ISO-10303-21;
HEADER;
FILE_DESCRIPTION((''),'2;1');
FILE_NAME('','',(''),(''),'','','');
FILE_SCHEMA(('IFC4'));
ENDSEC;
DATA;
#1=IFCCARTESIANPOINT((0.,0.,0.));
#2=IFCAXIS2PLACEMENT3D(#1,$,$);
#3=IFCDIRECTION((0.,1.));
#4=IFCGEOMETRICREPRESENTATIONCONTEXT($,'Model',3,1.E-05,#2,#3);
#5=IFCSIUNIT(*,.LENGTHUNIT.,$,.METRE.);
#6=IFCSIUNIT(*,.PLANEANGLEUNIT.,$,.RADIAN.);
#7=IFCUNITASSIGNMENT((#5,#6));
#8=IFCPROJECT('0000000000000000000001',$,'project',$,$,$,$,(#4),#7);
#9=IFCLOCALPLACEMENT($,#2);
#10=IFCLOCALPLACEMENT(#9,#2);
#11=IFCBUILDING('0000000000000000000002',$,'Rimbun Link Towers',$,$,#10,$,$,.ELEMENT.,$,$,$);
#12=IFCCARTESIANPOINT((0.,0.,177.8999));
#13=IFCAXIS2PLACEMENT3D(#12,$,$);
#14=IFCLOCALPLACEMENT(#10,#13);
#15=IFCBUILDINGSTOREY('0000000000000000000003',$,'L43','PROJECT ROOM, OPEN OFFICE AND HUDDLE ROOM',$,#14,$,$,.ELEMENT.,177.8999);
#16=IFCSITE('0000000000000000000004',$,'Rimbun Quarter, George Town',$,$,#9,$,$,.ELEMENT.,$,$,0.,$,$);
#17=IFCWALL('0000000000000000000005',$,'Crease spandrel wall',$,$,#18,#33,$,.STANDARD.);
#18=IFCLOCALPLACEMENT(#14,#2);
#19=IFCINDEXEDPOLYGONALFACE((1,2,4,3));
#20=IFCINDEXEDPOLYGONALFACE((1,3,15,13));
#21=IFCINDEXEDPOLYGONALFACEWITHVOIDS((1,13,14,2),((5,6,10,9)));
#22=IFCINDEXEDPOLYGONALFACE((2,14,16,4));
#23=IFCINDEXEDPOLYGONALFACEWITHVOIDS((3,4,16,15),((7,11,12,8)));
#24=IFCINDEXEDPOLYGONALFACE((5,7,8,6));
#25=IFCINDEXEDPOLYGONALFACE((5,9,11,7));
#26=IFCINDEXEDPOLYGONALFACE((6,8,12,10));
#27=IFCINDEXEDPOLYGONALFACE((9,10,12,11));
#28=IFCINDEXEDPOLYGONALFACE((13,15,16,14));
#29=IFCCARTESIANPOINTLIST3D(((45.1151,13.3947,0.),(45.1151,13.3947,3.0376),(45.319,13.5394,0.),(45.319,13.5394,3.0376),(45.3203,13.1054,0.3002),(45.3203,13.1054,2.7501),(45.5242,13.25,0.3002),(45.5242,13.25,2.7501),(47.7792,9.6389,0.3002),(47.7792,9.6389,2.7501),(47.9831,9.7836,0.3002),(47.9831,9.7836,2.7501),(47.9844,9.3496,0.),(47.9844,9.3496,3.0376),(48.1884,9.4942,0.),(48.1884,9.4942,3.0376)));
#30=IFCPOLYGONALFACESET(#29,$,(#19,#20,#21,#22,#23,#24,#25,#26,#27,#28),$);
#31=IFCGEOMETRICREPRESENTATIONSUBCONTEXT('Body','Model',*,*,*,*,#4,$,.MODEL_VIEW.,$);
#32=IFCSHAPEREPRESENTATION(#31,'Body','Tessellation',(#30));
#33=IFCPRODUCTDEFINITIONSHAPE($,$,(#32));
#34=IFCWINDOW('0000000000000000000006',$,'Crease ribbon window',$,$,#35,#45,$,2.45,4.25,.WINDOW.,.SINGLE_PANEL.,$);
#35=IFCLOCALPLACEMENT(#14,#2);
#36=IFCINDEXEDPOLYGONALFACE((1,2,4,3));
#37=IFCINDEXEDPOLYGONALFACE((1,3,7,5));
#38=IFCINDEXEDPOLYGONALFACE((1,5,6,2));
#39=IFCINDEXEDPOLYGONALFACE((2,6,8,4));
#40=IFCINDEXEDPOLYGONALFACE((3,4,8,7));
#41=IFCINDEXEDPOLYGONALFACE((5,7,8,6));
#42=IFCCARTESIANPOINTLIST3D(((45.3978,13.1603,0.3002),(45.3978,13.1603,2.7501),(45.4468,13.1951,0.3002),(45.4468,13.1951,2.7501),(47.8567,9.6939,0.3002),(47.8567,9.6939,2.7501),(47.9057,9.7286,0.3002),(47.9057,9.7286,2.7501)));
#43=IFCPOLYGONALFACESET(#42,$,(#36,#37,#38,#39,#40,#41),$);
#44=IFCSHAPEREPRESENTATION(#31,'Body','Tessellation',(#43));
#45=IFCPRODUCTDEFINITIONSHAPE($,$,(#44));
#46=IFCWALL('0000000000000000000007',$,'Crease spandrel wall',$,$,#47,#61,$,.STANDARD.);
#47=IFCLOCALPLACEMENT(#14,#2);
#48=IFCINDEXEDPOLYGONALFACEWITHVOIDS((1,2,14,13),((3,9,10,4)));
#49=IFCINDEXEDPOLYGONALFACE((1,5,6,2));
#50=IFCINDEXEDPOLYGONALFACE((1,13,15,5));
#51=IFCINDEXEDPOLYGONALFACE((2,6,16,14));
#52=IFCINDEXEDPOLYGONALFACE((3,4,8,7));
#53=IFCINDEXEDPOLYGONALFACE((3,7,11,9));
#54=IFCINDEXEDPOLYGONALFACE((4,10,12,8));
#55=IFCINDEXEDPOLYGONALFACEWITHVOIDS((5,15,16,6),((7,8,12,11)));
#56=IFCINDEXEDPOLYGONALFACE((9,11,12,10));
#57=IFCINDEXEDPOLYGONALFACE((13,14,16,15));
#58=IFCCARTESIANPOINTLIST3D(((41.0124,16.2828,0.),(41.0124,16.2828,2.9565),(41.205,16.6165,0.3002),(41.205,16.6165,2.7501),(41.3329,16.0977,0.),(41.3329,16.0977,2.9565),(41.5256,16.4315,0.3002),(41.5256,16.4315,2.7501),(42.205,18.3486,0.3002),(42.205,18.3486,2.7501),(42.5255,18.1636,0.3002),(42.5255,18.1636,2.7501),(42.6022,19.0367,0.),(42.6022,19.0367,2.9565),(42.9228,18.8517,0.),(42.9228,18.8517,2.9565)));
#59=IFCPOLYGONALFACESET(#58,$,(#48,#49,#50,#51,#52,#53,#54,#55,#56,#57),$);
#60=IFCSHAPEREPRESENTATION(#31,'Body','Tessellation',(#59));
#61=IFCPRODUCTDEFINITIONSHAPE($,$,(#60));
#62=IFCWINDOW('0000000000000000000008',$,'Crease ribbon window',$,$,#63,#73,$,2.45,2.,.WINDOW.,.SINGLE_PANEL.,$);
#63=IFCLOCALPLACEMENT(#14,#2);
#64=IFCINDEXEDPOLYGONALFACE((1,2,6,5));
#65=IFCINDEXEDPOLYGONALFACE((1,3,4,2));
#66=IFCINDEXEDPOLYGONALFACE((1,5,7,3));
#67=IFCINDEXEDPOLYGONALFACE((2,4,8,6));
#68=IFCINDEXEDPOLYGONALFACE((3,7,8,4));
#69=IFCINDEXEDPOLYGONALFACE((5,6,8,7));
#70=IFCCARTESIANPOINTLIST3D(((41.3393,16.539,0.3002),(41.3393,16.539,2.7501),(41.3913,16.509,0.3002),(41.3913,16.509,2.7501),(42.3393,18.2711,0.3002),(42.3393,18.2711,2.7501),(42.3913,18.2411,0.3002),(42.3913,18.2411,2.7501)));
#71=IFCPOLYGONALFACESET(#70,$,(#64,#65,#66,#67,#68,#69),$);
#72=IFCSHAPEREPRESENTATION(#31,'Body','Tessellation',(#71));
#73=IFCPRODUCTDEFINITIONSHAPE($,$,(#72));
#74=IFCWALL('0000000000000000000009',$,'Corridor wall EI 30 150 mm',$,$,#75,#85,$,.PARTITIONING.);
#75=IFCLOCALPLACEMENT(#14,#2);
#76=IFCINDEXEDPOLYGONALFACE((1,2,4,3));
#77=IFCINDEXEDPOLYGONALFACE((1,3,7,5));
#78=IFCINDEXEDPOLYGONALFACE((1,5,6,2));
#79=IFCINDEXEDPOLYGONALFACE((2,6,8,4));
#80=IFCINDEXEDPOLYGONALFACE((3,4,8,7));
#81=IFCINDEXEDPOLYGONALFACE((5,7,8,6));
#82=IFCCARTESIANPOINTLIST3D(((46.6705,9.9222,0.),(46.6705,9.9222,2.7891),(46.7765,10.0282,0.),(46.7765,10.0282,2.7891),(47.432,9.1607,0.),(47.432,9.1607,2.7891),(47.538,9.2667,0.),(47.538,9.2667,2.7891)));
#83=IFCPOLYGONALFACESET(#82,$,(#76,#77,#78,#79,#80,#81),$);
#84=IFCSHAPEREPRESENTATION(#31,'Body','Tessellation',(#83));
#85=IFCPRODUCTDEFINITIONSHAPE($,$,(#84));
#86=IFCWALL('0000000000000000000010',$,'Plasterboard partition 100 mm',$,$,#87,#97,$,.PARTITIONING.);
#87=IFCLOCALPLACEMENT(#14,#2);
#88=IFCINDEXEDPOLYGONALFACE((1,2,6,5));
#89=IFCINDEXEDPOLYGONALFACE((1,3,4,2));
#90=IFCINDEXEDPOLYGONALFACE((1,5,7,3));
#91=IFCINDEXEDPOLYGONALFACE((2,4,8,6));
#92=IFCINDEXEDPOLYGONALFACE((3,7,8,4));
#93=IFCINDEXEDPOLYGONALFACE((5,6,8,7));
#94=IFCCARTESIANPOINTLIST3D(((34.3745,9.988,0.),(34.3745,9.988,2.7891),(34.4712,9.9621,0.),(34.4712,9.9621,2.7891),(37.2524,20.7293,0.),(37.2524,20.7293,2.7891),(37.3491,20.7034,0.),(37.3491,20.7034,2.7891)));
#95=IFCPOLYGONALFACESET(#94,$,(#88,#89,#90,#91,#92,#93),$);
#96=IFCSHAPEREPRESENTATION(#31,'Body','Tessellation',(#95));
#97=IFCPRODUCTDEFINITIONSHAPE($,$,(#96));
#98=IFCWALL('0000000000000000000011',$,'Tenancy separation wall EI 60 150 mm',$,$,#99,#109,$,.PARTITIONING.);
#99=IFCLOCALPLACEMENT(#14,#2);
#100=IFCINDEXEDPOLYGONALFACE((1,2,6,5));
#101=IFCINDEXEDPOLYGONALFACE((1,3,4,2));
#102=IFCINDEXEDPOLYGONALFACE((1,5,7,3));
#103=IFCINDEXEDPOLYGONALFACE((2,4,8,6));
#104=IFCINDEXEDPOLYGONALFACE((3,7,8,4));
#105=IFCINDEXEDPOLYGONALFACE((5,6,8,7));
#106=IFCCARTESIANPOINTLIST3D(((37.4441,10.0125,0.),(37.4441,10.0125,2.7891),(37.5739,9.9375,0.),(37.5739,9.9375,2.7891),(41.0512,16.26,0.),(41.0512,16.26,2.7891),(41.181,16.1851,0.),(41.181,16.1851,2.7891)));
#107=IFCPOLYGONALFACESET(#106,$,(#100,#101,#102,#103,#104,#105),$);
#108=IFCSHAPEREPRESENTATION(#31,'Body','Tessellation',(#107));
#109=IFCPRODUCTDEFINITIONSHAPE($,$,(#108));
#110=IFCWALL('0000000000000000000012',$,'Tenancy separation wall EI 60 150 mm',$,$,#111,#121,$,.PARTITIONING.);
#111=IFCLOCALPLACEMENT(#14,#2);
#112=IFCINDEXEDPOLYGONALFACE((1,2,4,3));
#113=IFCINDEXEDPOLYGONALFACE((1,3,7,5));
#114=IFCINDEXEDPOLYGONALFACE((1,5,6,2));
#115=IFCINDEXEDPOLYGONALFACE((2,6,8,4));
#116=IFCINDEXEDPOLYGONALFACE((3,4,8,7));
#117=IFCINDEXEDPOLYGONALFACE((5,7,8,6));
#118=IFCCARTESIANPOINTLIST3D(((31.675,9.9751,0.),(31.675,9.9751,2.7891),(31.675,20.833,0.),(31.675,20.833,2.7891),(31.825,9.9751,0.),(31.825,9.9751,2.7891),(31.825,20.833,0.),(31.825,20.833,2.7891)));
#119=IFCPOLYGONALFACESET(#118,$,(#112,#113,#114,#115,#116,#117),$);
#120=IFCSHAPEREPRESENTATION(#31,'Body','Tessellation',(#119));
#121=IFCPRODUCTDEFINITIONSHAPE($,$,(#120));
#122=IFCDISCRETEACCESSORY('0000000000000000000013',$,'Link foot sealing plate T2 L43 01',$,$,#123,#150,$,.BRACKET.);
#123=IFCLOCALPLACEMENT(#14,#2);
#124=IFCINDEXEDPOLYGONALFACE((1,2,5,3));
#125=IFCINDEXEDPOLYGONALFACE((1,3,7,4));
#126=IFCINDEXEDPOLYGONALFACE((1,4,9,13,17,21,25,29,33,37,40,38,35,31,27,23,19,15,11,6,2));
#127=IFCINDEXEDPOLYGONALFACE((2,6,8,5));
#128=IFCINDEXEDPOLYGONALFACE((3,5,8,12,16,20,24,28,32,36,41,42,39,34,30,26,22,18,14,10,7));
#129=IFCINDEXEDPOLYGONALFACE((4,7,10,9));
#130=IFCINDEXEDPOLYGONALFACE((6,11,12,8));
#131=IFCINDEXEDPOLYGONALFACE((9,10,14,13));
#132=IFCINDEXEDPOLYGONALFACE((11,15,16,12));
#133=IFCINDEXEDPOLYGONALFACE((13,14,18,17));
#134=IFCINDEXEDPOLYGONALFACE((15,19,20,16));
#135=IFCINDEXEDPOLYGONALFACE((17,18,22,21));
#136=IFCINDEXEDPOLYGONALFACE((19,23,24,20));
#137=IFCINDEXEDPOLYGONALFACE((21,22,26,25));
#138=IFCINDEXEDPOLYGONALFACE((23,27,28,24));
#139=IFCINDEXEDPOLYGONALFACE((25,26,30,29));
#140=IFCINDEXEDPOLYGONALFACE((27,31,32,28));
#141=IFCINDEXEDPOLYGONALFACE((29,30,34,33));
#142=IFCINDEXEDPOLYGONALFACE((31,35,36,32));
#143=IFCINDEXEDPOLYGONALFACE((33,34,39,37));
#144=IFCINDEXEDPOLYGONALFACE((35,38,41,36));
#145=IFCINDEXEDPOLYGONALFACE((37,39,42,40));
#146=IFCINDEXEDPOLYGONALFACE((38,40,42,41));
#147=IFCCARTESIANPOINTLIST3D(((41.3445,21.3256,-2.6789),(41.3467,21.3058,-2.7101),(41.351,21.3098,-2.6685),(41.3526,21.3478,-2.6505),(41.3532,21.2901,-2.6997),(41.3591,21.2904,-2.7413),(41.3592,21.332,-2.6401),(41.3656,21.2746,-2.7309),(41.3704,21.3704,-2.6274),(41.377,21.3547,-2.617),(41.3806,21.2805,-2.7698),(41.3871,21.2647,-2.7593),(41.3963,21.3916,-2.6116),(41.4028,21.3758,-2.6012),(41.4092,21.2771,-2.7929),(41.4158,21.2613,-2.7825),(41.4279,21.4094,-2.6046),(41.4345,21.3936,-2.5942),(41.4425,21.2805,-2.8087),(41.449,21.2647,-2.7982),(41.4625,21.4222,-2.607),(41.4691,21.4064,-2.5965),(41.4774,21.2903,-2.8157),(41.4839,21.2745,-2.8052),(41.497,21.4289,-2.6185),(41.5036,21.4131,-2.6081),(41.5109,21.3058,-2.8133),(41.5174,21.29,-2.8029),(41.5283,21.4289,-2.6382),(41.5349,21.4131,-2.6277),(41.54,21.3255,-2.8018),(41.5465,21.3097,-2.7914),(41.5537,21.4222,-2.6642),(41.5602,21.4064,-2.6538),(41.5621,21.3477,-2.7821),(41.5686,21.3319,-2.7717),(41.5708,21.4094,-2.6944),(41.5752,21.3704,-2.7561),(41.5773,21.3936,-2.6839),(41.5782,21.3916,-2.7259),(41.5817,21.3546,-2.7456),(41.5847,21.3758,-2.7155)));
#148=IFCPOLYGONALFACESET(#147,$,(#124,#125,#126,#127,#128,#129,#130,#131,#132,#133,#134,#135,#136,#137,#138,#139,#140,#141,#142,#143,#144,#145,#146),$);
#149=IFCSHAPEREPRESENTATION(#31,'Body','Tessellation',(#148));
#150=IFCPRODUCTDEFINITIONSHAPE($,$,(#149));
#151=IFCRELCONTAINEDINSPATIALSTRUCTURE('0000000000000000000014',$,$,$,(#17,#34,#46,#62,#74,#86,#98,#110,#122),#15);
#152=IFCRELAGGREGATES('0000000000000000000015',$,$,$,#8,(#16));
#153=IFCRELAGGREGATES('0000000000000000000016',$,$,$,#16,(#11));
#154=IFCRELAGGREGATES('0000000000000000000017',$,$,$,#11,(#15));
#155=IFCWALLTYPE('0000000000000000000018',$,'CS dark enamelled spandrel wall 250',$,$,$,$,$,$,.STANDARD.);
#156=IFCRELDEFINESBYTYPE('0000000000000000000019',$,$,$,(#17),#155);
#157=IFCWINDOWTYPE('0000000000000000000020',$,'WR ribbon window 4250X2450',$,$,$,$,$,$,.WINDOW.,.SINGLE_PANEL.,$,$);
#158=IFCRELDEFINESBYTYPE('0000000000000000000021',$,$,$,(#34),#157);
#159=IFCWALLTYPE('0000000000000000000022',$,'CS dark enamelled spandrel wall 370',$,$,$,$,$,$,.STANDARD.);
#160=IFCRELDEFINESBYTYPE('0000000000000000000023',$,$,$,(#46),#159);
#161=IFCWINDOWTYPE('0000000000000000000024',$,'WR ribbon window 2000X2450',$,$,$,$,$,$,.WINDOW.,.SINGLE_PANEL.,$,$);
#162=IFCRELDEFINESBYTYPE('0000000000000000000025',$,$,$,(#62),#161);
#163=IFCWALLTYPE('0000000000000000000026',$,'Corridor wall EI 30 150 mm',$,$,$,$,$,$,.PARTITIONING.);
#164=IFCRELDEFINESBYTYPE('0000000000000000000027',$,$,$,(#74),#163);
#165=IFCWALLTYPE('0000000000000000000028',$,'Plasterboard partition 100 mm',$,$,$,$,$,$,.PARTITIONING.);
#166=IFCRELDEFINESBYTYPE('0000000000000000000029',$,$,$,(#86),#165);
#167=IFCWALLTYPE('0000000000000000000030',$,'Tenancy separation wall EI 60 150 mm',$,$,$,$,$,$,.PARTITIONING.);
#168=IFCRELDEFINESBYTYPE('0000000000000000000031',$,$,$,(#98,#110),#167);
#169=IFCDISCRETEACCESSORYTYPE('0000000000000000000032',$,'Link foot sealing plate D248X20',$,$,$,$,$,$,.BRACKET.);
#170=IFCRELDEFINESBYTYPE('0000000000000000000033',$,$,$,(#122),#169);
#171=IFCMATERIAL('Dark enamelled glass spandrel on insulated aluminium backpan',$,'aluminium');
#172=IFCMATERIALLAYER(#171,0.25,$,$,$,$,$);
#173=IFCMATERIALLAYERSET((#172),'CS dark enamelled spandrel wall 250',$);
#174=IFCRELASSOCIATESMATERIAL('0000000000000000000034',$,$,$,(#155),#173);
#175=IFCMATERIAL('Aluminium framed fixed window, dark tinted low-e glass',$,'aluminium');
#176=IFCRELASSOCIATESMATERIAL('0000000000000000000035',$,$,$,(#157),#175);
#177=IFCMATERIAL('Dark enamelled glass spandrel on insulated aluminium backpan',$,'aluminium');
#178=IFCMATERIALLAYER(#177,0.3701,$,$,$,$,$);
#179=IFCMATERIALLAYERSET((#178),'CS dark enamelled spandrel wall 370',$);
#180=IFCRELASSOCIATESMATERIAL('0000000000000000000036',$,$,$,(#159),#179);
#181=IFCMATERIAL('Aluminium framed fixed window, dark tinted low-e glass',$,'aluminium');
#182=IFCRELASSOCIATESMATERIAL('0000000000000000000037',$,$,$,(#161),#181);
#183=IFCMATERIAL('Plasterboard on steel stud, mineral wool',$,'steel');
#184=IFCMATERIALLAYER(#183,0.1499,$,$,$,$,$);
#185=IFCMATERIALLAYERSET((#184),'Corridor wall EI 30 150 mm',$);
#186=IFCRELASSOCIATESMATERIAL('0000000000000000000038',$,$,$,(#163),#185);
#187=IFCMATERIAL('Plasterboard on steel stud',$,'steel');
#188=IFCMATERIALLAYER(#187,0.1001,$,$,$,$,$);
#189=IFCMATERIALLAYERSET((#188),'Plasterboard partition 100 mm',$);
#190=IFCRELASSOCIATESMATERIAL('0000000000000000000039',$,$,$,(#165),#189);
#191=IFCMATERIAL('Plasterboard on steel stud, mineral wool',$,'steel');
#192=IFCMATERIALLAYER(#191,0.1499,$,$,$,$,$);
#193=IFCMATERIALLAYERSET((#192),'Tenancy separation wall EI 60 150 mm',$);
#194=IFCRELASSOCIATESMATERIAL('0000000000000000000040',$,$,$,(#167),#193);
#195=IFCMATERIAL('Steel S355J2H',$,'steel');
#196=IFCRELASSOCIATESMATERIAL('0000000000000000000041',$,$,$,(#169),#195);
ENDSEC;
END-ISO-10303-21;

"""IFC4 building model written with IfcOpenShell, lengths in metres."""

from ifc_helpers import new_model, si_unit, direction, frame, frame_2d, origin, origin_2d, place, context, subcontext, project, spatial, rectangle, circle, extrude, material, layer, layer_set, material_profile, profile_set, type_object, element, fill, save


model = new_model("IFC4")

# Units and contexts
model_context = context("Model", 3, precision=1e-05, world=origin(), true_north=direction((0.0, 1.0)))
body_context = subcontext(model_context, "Body", "Model", "MODEL_VIEW")
ifc_project = project(units=[si_unit("LENGTHUNIT", "METRE"), si_unit("PLANEANGLEUNIT", "RADIAN")], contexts=[model_context])

# Site, building, storey
site_placement = place(None, origin())
site = spatial("IfcSite", under=ifc_project, at=site_placement, Name="Rimbun Quarter, George Town", CompositionType="ELEMENT", RefElevation=0.0)
building_placement = place(site_placement, origin())
building = spatial("IfcBuilding", under=site, at=building_placement, Name="Rimbun Link Towers", CompositionType="ELEMENT")
storey_placement = place(building_placement, frame((0.0, 0.0, 177.8999)))
storey = spatial("IfcBuildingStorey", under=building, at=storey_placement, Name="L43", Description="PROJECT ROOM, OPEN OFFICE AND HUDDLE ROOM", CompositionType="ELEMENT", Elevation=177.8999)

# Walls, openings, windows
ifc_material_1 = material(Name="Dark enamelled glass spandrel on insulated aluminium backpan", Category="aluminium")
ifc_layer_1 = layer(ifc_material_1, 0.25)
ifc_layer_set_1 = layer_set([ifc_layer_1], Name="CS dark enamelled spandrel wall 250")
wall_type_1 = type_object("IfcWallType", Name="CS dark enamelled spandrel wall 250", PredefinedType="STANDARD", material=ifc_layer_set_1)
wall_1_placement = place(storey_placement, frame((45.217, 13.467, 0.0), z_axis=(0.0, 0.0, 1.0), x_axis=(0.578562, -0.815638, 0.0)))
wall_1 = element("IfcWall", 1, at=wall_1_placement, inside=storey, type_object=wall_type_1, Name="Crease spandrel wall", PredefinedType="STANDARD", context=body_context, shape_type="SweptSolid", body=[
    extrude(rectangle(XDim=4.9595, YDim=0.25, at=frame_2d((2.4797, 0.0))), origin(), (0.0, 0.0, 1.0), 3.0376),
])
opening_1_placement = place(wall_1_placement, frame((0.3547, 0.0, 0.3)))
opening_1 = element("IfcOpeningElement", 2, at=opening_1_placement, cuts=wall_1, PredefinedType="OPENING", context=body_context, shape_type="SweptSolid", body=[
    extrude(rectangle(XDim=4.25, YDim=2.45, at=frame_2d((2.125, 1.2251))), frame((0.0, 0.135, 0.0), z_axis=(0.0, -1.0, 0.0), x_axis=(1.0, 0.0, 0.0)), (0.0, 0.0, 1.0), 0.27),
])
ifc_material_2 = material(Name="Aluminium framed fixed window, dark tinted low-e glass", Category="aluminium")
window_type_1 = type_object("IfcWindowType", Name="WR ribbon window 4250X2450", PartitioningType="SINGLE_PANEL", PredefinedType="WINDOW", material=ifc_material_2)
window_1_placement = place(opening_1_placement, origin())
window_1 = element("IfcWindow", 3, at=window_1_placement, inside=storey, type_object=window_type_1, Name="Crease ribbon window", OverallHeight=2.45, OverallWidth=4.25, PartitioningType="SINGLE_PANEL", PredefinedType="WINDOW", context=body_context, shape_type="SweptSolid", body=[
    extrude(rectangle(XDim=4.25, YDim=2.45, at=frame_2d((2.125, 1.2251))), frame((0.0, 0.03, 0.0), z_axis=(0.0, -1.0, 0.0), x_axis=(1.0, 0.0, 0.0)), (0.0, 0.0, 1.0), 0.0601),
])
fill(opening_1, window_1)
ifc_material_3 = material(Name="Dark enamelled glass spandrel on insulated aluminium backpan", Category="aluminium")
ifc_layer_2 = layer(ifc_material_3, 0.3701)
ifc_layer_set_2 = layer_set([ifc_layer_2], Name="CS dark enamelled spandrel wall 370")
wall_type_2 = type_object("IfcWallType", Name="CS dark enamelled spandrel wall 370", PredefinedType="STANDARD", material=ifc_layer_set_2)
wall_2_placement = place(storey_placement, frame((42.7625, 18.9441, 0.0), z_axis=(0.0, 0.0, 1.0), x_axis=(-0.499971, -0.866042, 0.0)))
wall_2 = element("IfcWall", 4, at=wall_2_placement, inside=storey, type_object=wall_type_2, Name="Crease spandrel wall", PredefinedType="STANDARD", context=body_context, shape_type="SweptSolid", body=[
    extrude(rectangle(XDim=3.1799, YDim=0.3701, at=frame_2d((1.5898, 0.0))), origin(), (0.0, 0.0, 1.0), 2.9565),
])
opening_2_placement = place(wall_2_placement, frame((0.7944, 0.0, 0.3)))
opening_2 = element("IfcOpeningElement", 5, at=opening_2_placement, cuts=wall_2, PredefinedType="OPENING", context=body_context, shape_type="SweptSolid", body=[
    extrude(rectangle(XDim=2.0, YDim=2.45, at=frame_2d((1.0, 1.2251))), frame((0.0, 0.1951, 0.0), z_axis=(0.0, -1.0, 0.0), x_axis=(1.0, 0.0, 0.0)), (0.0, 0.0, 1.0), 0.3901),
])
ifc_material_4 = material(Name="Aluminium framed fixed window, dark tinted low-e glass", Category="aluminium")
window_type_2 = type_object("IfcWindowType", Name="WR ribbon window 2000X2450", PartitioningType="SINGLE_PANEL", PredefinedType="WINDOW", material=ifc_material_4)
window_2_placement = place(opening_2_placement, origin())
window_2 = element("IfcWindow", 6, at=window_2_placement, inside=storey, type_object=window_type_2, Name="Crease ribbon window", OverallHeight=2.45, OverallWidth=2.0, PartitioningType="SINGLE_PANEL", PredefinedType="WINDOW", context=body_context, shape_type="SweptSolid", body=[
    extrude(rectangle(XDim=2.0, YDim=2.45, at=frame_2d((1.0, 1.2251))), frame((0.0, 0.03, 0.0), z_axis=(0.0, -1.0, 0.0), x_axis=(1.0, 0.0, 0.0)), (0.0, 0.0, 1.0), 0.0601),
])
fill(opening_2, window_2)

# Walls
ifc_material_5 = material(Name="Plasterboard on steel stud, mineral wool", Category="steel")
ifc_layer_3 = layer(ifc_material_5, 0.1499)
ifc_layer_set_3 = layer_set([ifc_layer_3], Name="Corridor wall EI 30 150 mm")
wall_type_3 = type_object("IfcWallType", Name="Corridor wall EI 30 150 mm", PredefinedType="PARTITIONING", material=ifc_layer_set_3)
wall_3_placement = place(storey_placement, frame((47.4851, 9.2136, 0.0), z_axis=(0.0, 0.0, 1.0), x_axis=(-0.707107, 0.707107, 0.0)))
element("IfcWall", 7, at=wall_3_placement, inside=storey, type_object=wall_type_3, Name="Corridor wall EI 30 150 mm", PredefinedType="PARTITIONING", context=body_context, shape_type="SweptSolid", body=[
    extrude(rectangle(XDim=1.0769, YDim=0.1499, at=frame_2d((0.5386, 0.0))), origin(), (0.0, 0.0, 1.0), 2.7891),
])
ifc_material_6 = material(Name="Plasterboard on steel stud", Category="steel")
ifc_layer_4 = layer(ifc_material_6, 0.1001)
ifc_layer_set_4 = layer_set([ifc_layer_4], Name="Plasterboard partition 100 mm")
wall_type_4 = type_object("IfcWallType", Name="Plasterboard partition 100 mm", PredefinedType="PARTITIONING", material=ifc_layer_set_4)
wall_4_placement = place(storey_placement, frame((37.3008, 20.7163, 0.0), z_axis=(0.0, 0.0, 1.0), x_axis=(-0.258805, -0.96593, 0.0)))
element("IfcWall", 8, at=wall_4_placement, inside=storey, type_object=wall_type_4, Name="Plasterboard partition 100 mm", PredefinedType="PARTITIONING", context=body_context, shape_type="SweptSolid", body=[
    extrude(rectangle(XDim=11.1201, YDim=0.1001, at=frame_2d((5.5601, 0.0))), origin(), (0.0, 0.0, 1.0), 2.7891),
])
ifc_material_7 = material(Name="Plasterboard on steel stud, mineral wool", Category="steel")
ifc_layer_5 = layer(ifc_material_7, 0.1499)
ifc_layer_set_5 = layer_set([ifc_layer_5], Name="Tenancy separation wall EI 60 150 mm")
wall_type_5 = type_object("IfcWallType", Name="Tenancy separation wall EI 60 150 mm", PredefinedType="PARTITIONING", material=ifc_layer_set_5)
wall_5_placement = place(storey_placement, frame((37.509, 9.9751, 0.0), z_axis=(0.0, 0.0, 1.0), x_axis=(0.500015, 0.866017, 0.0)))
element("IfcWall", 9, at=wall_5_placement, inside=storey, type_object=wall_type_5, Name="Tenancy separation wall EI 60 150 mm", PredefinedType="PARTITIONING", context=body_context, shape_type="SweptSolid", body=[
    extrude(rectangle(XDim=7.2141, YDim=0.1499, at=frame_2d((3.6069, 0.0))), origin(), (0.0, 0.0, 1.0), 2.7891),
])
wall_6_placement = place(storey_placement, frame((31.75, 9.9751, 0.0), z_axis=(0.0, 0.0, 1.0), x_axis=(0.0, 1.0, 0.0)))
element("IfcWall", 10, at=wall_6_placement, inside=storey, type_object=wall_type_5, Name="Tenancy separation wall EI 60 150 mm", PredefinedType="PARTITIONING", context=body_context, shape_type="SweptSolid", body=[
    extrude(rectangle(XDim=10.8579, YDim=0.1499, at=frame_2d((5.429, 0.0))), origin(), (0.0, 0.0, 1.0), 2.7891),
])

# Discrete accessory
ifc_material_8 = material(Name="Steel S355J2H", Category="steel")
ifc_material_profile_1 = material_profile(ifc_material_8, circle(Radius=0.124, at=origin_2d()), Name="PL D248")
ifc_profile_set_1 = profile_set([ifc_material_profile_1], Name="Steel S355J2H")
discrete_accessory_type = type_object("IfcDiscreteAccessoryType", Name="Link foot sealing plate D248X20", PredefinedType="BRACKET", material=ifc_profile_set_1)
for number, where, z_axis, x_axis, name in (
    (11, (41.4678, 21.3376, -2.6997), (-0.327351, 0.788067, -0.521337), (-0.923497, -0.383606, 0.0), "Link foot sealing plate T2 L43 01"),
):
    element("IfcDiscreteAccessory", number, at=place(storey_placement, frame(where, z_axis=z_axis, x_axis=x_axis)), inside=storey, type_object=discrete_accessory_type, Name=name, PredefinedType="BRACKET", context=body_context, shape_type="SweptSolid", body=[
        extrude(circle(Radius=0.124, at=origin_2d()), origin(), (0.0, 0.0, 1.0), 0.02),
    ])

save(model, "model.ifc")
